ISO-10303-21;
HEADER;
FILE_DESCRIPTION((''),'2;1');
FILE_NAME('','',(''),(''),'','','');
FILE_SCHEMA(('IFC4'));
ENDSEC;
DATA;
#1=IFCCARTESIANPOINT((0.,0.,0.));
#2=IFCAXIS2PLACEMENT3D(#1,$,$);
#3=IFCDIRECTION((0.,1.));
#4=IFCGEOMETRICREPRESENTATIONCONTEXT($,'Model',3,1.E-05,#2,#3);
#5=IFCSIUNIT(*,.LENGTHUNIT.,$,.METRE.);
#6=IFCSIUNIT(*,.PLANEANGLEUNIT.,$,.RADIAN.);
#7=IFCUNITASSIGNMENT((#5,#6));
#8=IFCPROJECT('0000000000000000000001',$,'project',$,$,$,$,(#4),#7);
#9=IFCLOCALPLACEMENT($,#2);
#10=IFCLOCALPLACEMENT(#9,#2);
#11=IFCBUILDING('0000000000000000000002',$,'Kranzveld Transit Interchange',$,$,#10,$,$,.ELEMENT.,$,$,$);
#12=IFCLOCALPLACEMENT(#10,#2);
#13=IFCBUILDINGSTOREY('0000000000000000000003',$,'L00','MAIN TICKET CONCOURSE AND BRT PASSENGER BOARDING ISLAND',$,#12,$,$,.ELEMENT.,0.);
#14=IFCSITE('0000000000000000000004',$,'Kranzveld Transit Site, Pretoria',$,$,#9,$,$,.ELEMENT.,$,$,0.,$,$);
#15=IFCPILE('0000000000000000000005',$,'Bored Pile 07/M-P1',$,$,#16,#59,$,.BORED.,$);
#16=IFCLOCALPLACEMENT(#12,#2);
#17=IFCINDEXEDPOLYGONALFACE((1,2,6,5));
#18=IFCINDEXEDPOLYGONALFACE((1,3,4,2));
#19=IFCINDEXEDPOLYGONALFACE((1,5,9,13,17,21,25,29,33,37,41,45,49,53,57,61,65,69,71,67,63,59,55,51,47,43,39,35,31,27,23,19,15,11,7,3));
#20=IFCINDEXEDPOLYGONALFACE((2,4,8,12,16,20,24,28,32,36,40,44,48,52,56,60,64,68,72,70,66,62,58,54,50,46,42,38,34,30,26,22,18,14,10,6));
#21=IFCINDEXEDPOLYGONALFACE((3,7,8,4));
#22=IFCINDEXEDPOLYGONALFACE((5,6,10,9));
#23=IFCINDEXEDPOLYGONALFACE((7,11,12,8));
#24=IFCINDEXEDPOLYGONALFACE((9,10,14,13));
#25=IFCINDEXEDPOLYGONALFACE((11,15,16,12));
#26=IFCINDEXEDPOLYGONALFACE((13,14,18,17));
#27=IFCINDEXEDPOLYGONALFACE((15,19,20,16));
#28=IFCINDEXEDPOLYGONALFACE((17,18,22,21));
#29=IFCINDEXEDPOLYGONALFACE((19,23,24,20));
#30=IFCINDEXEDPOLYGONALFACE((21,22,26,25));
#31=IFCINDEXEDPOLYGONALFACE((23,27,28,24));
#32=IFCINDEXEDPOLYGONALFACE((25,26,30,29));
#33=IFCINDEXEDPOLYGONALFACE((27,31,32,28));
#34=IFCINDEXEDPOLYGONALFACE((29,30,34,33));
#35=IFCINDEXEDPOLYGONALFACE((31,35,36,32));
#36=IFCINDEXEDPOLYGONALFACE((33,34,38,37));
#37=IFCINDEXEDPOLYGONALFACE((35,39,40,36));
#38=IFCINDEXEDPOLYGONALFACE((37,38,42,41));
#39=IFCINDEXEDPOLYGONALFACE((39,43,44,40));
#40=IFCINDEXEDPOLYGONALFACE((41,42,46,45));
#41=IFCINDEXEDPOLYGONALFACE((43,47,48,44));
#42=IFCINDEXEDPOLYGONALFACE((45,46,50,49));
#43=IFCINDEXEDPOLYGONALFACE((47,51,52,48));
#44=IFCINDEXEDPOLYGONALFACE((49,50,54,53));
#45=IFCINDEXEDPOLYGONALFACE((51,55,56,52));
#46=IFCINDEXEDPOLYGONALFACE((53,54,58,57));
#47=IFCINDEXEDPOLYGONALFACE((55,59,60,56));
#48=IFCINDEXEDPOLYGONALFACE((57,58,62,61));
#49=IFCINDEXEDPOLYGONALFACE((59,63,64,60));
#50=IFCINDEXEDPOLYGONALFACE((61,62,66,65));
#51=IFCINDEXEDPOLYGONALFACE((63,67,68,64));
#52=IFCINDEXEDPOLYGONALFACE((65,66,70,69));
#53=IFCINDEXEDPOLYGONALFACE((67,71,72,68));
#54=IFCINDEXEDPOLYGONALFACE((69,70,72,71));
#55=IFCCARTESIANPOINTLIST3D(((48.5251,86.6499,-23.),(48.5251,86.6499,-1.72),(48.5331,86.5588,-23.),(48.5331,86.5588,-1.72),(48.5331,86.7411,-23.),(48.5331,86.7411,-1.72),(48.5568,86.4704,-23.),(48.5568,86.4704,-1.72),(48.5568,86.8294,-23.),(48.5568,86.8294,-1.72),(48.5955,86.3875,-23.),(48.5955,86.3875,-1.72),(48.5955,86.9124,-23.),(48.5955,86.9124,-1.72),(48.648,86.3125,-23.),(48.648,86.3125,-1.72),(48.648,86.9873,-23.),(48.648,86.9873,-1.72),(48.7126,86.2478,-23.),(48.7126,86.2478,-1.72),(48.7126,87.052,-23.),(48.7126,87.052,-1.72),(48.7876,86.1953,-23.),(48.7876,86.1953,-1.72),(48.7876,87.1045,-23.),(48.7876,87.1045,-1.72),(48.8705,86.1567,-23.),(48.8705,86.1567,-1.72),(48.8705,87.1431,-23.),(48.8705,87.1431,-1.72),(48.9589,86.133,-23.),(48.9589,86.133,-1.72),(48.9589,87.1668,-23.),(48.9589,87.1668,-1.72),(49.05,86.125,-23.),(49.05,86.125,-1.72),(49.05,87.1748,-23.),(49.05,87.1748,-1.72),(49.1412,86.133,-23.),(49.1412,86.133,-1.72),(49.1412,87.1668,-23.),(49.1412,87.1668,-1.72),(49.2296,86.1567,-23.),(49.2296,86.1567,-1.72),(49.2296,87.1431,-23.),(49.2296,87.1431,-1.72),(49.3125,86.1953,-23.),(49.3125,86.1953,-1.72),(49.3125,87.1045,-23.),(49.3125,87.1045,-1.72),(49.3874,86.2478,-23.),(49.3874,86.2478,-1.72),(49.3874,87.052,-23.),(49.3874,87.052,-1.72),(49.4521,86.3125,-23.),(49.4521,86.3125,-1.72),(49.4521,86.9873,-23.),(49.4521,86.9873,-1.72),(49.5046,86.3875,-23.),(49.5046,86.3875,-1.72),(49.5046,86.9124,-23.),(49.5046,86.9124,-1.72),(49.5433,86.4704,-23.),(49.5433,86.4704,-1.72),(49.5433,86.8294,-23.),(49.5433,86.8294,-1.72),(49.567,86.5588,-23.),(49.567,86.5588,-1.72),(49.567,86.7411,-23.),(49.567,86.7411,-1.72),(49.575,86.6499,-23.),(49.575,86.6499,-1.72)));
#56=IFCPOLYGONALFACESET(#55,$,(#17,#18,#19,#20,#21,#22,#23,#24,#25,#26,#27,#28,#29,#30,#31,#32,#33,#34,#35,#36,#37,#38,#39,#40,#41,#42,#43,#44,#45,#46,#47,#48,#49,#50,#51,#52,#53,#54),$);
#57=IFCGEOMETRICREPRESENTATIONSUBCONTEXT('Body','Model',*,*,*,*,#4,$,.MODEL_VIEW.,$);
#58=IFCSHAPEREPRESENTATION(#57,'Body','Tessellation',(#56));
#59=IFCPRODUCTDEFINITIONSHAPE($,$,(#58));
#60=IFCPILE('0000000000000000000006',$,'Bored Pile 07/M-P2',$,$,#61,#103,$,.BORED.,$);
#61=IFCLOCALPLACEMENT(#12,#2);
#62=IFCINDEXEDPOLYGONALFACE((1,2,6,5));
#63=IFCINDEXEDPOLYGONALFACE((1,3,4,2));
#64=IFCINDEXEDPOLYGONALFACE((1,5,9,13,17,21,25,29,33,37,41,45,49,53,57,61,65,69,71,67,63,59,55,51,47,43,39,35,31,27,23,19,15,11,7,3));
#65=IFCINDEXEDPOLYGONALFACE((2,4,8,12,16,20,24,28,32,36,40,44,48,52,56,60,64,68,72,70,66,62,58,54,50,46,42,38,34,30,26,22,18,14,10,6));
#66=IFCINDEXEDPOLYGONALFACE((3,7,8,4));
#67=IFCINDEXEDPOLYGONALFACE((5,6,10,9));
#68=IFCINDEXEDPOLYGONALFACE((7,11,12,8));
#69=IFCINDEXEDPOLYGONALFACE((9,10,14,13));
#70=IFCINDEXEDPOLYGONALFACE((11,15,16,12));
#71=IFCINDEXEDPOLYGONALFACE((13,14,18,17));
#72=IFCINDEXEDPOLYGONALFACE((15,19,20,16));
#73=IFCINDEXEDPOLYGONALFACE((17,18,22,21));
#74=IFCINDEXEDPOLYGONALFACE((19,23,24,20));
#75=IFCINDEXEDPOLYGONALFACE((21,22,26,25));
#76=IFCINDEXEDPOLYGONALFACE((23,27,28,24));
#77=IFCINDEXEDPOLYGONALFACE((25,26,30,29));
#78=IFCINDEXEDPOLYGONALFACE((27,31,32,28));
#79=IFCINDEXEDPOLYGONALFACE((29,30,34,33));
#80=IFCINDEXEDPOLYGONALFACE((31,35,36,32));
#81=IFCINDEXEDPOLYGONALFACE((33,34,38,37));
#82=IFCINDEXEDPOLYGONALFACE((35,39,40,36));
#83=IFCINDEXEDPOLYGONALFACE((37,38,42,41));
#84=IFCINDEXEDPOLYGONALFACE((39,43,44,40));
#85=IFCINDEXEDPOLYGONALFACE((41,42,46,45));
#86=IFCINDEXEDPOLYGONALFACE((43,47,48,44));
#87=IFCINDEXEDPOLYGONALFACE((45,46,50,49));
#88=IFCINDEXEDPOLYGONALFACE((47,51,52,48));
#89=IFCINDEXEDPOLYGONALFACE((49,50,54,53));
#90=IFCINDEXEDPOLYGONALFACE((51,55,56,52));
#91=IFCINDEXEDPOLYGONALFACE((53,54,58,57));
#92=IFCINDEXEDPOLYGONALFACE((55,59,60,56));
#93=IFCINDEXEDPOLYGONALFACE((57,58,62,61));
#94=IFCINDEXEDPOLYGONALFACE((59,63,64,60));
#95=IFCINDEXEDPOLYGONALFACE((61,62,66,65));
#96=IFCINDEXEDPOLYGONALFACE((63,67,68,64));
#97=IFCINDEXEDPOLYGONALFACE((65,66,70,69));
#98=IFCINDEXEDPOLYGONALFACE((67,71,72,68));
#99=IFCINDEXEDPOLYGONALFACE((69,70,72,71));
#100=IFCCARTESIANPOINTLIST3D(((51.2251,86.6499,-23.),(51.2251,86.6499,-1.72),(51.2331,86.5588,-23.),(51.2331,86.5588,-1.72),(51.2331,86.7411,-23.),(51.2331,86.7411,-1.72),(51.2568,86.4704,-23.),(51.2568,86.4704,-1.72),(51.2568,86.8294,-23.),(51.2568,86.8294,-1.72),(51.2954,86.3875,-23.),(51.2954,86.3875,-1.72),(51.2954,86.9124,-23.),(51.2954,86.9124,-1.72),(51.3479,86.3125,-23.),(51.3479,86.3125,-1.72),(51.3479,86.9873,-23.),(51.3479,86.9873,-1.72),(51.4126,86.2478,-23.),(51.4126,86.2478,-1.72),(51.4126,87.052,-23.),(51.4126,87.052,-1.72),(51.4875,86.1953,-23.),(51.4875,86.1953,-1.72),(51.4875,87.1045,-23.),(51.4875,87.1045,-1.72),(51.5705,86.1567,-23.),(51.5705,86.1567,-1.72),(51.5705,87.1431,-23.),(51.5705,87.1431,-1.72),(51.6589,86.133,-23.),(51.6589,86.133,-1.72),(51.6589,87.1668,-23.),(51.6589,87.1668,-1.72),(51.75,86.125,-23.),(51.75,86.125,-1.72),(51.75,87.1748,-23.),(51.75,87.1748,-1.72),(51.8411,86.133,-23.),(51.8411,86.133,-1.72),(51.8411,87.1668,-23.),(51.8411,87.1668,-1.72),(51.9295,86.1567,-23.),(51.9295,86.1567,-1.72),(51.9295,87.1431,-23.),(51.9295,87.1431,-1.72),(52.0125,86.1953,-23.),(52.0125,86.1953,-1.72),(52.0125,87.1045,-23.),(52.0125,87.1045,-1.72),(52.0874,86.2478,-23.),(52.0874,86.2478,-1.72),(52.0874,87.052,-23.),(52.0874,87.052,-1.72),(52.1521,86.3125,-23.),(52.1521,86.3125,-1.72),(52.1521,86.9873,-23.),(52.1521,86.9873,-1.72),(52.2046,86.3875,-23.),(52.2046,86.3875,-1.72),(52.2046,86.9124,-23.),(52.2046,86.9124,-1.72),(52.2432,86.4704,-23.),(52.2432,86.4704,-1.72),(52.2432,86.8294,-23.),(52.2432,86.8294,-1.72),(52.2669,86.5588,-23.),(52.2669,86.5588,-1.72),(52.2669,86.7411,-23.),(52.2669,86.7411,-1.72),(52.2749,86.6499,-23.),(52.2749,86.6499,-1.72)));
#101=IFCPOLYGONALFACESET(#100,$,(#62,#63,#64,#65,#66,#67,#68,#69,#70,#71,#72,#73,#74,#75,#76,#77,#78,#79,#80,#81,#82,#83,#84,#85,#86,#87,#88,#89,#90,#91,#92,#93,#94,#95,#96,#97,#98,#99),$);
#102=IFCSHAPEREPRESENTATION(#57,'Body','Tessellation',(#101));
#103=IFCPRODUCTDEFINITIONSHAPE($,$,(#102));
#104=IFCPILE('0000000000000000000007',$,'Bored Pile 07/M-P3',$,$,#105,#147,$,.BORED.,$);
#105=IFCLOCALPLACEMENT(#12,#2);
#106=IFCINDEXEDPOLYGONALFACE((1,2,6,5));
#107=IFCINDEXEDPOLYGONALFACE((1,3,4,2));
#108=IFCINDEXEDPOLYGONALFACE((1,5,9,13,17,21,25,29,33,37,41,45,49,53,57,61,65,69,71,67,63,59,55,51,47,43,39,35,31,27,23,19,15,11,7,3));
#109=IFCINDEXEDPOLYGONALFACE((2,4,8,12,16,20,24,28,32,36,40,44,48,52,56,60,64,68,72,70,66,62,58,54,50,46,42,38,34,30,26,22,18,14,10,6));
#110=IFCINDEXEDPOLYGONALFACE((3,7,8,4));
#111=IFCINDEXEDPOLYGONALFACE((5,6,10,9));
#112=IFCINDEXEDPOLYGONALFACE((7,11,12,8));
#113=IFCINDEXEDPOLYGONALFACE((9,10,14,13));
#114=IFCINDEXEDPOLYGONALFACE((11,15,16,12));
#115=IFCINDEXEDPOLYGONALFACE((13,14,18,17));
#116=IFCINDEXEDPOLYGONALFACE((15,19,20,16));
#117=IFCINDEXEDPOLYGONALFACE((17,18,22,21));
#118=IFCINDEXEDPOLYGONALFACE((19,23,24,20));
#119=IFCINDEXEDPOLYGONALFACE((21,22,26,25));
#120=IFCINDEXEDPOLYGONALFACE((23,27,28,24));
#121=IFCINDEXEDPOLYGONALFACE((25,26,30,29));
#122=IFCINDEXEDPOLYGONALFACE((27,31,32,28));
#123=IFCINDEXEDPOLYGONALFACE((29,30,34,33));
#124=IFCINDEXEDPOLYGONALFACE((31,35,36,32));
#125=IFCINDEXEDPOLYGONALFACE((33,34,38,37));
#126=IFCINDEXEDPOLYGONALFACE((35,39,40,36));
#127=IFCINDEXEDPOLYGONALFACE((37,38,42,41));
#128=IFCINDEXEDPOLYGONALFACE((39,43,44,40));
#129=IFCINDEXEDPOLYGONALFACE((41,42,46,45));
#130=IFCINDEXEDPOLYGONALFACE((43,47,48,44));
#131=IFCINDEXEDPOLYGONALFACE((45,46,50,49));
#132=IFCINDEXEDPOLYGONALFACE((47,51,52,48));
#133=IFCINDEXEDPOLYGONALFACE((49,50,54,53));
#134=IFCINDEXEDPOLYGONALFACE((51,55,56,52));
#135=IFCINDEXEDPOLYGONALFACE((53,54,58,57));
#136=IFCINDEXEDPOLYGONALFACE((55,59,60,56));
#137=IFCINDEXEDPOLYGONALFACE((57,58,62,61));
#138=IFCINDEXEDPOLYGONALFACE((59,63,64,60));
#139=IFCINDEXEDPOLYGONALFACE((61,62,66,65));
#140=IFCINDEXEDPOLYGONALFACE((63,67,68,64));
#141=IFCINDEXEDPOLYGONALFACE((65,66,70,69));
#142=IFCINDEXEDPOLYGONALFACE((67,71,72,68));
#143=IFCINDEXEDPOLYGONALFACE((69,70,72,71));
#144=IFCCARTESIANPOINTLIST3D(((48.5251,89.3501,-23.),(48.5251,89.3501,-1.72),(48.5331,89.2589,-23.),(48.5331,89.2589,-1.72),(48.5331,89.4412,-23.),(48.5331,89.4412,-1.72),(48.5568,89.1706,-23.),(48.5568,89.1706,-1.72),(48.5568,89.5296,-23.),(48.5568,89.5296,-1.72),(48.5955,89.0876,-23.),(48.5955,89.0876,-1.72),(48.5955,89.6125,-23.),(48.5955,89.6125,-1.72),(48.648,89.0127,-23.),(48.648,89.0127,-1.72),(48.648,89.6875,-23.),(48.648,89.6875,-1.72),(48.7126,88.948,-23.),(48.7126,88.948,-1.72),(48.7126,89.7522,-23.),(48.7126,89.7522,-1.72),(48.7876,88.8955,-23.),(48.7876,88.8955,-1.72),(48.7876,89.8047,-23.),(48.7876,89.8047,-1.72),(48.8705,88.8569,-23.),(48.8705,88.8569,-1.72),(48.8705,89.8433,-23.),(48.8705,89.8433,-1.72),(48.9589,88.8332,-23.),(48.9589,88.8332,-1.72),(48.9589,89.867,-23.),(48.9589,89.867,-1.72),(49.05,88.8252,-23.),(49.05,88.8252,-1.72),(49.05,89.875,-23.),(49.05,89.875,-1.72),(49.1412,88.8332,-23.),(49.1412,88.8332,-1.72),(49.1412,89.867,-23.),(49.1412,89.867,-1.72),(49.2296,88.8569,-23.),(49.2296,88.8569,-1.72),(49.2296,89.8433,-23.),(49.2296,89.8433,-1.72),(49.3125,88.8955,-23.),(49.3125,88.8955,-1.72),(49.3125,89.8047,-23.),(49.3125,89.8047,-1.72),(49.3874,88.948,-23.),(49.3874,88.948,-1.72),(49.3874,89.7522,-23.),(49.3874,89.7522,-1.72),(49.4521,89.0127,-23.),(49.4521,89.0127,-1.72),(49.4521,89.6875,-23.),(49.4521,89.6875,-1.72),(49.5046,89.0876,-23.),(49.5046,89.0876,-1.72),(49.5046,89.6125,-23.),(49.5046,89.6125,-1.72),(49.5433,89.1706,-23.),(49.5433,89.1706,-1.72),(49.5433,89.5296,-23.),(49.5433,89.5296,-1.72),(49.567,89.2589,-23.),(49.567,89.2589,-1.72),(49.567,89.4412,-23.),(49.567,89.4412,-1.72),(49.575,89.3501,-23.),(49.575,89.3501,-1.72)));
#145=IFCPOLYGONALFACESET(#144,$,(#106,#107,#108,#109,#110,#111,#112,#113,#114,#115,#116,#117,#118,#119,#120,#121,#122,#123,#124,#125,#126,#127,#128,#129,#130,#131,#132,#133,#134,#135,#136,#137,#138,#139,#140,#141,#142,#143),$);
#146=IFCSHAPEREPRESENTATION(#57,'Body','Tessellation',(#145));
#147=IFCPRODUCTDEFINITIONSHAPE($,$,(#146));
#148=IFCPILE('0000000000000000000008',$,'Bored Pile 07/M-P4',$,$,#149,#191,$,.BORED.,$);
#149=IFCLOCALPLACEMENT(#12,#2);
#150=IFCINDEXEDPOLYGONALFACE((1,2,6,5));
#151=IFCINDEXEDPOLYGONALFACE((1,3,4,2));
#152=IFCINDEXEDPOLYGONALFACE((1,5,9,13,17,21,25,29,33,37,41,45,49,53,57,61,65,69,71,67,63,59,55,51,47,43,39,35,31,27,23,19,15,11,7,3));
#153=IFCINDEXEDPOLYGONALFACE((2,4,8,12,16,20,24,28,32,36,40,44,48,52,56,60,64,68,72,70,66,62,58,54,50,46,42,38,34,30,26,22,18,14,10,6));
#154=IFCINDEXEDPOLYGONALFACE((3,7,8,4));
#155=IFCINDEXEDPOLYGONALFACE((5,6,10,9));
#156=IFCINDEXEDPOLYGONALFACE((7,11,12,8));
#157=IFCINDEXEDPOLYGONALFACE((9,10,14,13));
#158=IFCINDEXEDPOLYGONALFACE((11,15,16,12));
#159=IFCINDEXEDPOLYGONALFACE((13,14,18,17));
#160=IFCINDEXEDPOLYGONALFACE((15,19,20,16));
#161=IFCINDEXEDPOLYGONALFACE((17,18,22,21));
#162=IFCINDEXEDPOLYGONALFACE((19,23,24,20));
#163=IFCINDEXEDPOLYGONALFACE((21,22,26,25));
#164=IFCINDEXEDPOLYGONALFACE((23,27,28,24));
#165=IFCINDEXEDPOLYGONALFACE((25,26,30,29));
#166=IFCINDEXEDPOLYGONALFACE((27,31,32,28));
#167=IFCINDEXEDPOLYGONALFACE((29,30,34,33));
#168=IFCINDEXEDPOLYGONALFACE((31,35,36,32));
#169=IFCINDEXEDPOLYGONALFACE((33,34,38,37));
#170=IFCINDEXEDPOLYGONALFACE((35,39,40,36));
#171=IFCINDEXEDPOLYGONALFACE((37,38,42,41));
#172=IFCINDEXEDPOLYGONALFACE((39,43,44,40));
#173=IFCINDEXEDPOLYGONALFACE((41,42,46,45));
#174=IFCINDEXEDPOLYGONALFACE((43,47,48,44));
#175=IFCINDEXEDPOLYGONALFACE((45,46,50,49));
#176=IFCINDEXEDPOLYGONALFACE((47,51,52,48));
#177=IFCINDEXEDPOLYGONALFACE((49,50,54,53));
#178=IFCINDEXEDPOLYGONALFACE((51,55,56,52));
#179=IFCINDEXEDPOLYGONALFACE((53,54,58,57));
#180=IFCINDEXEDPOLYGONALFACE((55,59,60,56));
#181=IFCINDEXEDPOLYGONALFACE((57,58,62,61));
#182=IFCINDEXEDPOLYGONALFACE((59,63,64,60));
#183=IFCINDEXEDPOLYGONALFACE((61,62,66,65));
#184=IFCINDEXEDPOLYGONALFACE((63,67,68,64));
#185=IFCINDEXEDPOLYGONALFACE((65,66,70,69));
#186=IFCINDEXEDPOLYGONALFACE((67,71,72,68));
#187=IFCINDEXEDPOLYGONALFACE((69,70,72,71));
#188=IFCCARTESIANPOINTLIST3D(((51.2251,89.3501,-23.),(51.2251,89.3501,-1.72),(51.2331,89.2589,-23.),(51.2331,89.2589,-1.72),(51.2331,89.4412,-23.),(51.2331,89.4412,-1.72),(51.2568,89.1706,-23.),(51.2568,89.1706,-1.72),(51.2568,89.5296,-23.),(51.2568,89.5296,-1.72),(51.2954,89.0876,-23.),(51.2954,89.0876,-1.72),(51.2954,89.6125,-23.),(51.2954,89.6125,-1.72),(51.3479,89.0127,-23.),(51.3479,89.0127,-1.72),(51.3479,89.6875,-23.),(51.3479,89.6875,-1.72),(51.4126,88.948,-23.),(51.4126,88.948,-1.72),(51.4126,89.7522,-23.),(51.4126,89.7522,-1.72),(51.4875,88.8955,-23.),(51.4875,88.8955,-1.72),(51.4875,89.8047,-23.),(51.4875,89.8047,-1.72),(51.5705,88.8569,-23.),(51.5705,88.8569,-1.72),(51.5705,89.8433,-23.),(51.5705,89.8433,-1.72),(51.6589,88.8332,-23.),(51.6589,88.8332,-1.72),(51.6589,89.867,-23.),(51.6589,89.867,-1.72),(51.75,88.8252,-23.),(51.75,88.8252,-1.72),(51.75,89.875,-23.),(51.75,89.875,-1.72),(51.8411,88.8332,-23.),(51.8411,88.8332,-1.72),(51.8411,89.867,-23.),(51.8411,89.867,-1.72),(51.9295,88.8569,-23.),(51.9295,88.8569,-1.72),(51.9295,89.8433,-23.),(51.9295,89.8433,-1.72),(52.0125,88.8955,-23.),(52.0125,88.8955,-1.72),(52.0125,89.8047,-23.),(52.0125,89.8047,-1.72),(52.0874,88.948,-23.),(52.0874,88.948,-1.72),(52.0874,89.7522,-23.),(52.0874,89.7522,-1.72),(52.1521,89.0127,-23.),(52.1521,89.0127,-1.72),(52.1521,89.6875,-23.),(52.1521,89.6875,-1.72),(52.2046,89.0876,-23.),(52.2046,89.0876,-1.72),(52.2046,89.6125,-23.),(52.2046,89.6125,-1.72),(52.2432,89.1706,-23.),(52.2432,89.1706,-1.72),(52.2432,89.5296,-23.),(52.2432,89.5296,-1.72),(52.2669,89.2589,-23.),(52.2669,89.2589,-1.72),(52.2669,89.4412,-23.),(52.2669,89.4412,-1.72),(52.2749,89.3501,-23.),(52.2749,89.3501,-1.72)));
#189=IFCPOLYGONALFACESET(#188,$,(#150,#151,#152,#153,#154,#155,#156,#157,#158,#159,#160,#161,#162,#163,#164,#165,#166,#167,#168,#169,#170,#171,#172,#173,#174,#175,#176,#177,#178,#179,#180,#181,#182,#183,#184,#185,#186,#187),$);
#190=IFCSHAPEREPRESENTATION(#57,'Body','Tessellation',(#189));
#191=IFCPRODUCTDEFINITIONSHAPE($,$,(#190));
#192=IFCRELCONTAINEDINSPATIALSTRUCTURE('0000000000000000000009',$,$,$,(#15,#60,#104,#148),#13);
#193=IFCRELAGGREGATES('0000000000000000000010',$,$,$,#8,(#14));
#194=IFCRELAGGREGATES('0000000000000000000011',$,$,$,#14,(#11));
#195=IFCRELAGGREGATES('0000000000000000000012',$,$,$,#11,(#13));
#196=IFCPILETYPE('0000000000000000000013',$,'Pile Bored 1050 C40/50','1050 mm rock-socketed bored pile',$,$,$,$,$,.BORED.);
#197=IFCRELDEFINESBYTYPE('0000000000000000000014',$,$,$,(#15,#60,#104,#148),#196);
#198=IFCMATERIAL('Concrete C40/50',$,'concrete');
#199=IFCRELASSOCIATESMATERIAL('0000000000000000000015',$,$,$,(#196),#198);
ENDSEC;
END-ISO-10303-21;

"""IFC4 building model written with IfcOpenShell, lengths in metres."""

from ifc_helpers import new_model, si_unit, direction, frame, origin, origin_2d, place, context, subcontext, project, spatial, circle, extrude, material, material_profile, profile_set, type_object, element, save


model = new_model("IFC4")

# Units and contexts
model_context = context("Model", 3, precision=1e-05, world=origin(), true_north=direction((0.0, 1.0)))
body_context = subcontext(model_context, "Body", "Model", "MODEL_VIEW")
ifc_project = project(units=[si_unit("LENGTHUNIT", "METRE"), si_unit("PLANEANGLEUNIT", "RADIAN")], contexts=[model_context])

# Site, building, storey
site_placement = place(None, origin())
site = spatial("IfcSite", under=ifc_project, at=site_placement, Name="Kranzveld Transit Site, Pretoria", CompositionType="ELEMENT", RefElevation=0.0)
building_placement = place(site_placement, origin())
building = spatial("IfcBuilding", under=site, at=building_placement, Name="Kranzveld Transit Interchange", CompositionType="ELEMENT")
storey_placement = place(building_placement, origin())
storey = spatial("IfcBuildingStorey", under=building, at=storey_placement, Name="L00", Description="MAIN TICKET CONCOURSE AND BRT PASSENGER BOARDING ISLAND", CompositionType="ELEMENT", Elevation=0.0)

# Piles
ifc_material_1 = material(Name="Concrete C40/50", Category="concrete")
ifc_material_profile_1 = material_profile(ifc_material_1, circle(Radius=0.5249, at=origin_2d()), Name="BORED PILE 1050")
ifc_profile_set_1 = profile_set([ifc_material_profile_1], Name="Concrete C40/50")
pile_type_1 = type_object("IfcPileType", Name="Pile Bored 1050 C40/50", Description="1050 mm rock-socketed bored pile", PredefinedType="BORED", material=ifc_profile_set_1)
for number, where, z_axis, x_axis, name in (
    (1, (49.05, 86.6499, -1.72), (0.0, 0.0, -1.0), (1.0, 0.0, 0.0), "Bored Pile 07/M-P1"),
    (2, (51.75, 86.6499, -1.72), (0.0, 0.0, -1.0), (1.0, 0.0, 0.0), "Bored Pile 07/M-P2"),
    (3, (49.05, 89.3501, -1.72), (0.0, 0.0, -1.0), (1.0, 0.0, 0.0), "Bored Pile 07/M-P3"),
    (4, (51.75, 89.3501, -1.72), (0.0, 0.0, -1.0), (1.0, 0.0, 0.0), "Bored Pile 07/M-P4"),
):
    element("IfcPile", number, at=place(storey_placement, frame(where, z_axis=z_axis, x_axis=x_axis)), inside=storey, type_object=pile_type_1, Name=name, PredefinedType="BORED", context=body_context, shape_type="SweptSolid", body=[
        extrude(circle(Radius=0.5249, at=origin_2d()), origin(), (0.0, 0.0, 1.0), 21.28),
    ])

save(model, "model.ifc")
